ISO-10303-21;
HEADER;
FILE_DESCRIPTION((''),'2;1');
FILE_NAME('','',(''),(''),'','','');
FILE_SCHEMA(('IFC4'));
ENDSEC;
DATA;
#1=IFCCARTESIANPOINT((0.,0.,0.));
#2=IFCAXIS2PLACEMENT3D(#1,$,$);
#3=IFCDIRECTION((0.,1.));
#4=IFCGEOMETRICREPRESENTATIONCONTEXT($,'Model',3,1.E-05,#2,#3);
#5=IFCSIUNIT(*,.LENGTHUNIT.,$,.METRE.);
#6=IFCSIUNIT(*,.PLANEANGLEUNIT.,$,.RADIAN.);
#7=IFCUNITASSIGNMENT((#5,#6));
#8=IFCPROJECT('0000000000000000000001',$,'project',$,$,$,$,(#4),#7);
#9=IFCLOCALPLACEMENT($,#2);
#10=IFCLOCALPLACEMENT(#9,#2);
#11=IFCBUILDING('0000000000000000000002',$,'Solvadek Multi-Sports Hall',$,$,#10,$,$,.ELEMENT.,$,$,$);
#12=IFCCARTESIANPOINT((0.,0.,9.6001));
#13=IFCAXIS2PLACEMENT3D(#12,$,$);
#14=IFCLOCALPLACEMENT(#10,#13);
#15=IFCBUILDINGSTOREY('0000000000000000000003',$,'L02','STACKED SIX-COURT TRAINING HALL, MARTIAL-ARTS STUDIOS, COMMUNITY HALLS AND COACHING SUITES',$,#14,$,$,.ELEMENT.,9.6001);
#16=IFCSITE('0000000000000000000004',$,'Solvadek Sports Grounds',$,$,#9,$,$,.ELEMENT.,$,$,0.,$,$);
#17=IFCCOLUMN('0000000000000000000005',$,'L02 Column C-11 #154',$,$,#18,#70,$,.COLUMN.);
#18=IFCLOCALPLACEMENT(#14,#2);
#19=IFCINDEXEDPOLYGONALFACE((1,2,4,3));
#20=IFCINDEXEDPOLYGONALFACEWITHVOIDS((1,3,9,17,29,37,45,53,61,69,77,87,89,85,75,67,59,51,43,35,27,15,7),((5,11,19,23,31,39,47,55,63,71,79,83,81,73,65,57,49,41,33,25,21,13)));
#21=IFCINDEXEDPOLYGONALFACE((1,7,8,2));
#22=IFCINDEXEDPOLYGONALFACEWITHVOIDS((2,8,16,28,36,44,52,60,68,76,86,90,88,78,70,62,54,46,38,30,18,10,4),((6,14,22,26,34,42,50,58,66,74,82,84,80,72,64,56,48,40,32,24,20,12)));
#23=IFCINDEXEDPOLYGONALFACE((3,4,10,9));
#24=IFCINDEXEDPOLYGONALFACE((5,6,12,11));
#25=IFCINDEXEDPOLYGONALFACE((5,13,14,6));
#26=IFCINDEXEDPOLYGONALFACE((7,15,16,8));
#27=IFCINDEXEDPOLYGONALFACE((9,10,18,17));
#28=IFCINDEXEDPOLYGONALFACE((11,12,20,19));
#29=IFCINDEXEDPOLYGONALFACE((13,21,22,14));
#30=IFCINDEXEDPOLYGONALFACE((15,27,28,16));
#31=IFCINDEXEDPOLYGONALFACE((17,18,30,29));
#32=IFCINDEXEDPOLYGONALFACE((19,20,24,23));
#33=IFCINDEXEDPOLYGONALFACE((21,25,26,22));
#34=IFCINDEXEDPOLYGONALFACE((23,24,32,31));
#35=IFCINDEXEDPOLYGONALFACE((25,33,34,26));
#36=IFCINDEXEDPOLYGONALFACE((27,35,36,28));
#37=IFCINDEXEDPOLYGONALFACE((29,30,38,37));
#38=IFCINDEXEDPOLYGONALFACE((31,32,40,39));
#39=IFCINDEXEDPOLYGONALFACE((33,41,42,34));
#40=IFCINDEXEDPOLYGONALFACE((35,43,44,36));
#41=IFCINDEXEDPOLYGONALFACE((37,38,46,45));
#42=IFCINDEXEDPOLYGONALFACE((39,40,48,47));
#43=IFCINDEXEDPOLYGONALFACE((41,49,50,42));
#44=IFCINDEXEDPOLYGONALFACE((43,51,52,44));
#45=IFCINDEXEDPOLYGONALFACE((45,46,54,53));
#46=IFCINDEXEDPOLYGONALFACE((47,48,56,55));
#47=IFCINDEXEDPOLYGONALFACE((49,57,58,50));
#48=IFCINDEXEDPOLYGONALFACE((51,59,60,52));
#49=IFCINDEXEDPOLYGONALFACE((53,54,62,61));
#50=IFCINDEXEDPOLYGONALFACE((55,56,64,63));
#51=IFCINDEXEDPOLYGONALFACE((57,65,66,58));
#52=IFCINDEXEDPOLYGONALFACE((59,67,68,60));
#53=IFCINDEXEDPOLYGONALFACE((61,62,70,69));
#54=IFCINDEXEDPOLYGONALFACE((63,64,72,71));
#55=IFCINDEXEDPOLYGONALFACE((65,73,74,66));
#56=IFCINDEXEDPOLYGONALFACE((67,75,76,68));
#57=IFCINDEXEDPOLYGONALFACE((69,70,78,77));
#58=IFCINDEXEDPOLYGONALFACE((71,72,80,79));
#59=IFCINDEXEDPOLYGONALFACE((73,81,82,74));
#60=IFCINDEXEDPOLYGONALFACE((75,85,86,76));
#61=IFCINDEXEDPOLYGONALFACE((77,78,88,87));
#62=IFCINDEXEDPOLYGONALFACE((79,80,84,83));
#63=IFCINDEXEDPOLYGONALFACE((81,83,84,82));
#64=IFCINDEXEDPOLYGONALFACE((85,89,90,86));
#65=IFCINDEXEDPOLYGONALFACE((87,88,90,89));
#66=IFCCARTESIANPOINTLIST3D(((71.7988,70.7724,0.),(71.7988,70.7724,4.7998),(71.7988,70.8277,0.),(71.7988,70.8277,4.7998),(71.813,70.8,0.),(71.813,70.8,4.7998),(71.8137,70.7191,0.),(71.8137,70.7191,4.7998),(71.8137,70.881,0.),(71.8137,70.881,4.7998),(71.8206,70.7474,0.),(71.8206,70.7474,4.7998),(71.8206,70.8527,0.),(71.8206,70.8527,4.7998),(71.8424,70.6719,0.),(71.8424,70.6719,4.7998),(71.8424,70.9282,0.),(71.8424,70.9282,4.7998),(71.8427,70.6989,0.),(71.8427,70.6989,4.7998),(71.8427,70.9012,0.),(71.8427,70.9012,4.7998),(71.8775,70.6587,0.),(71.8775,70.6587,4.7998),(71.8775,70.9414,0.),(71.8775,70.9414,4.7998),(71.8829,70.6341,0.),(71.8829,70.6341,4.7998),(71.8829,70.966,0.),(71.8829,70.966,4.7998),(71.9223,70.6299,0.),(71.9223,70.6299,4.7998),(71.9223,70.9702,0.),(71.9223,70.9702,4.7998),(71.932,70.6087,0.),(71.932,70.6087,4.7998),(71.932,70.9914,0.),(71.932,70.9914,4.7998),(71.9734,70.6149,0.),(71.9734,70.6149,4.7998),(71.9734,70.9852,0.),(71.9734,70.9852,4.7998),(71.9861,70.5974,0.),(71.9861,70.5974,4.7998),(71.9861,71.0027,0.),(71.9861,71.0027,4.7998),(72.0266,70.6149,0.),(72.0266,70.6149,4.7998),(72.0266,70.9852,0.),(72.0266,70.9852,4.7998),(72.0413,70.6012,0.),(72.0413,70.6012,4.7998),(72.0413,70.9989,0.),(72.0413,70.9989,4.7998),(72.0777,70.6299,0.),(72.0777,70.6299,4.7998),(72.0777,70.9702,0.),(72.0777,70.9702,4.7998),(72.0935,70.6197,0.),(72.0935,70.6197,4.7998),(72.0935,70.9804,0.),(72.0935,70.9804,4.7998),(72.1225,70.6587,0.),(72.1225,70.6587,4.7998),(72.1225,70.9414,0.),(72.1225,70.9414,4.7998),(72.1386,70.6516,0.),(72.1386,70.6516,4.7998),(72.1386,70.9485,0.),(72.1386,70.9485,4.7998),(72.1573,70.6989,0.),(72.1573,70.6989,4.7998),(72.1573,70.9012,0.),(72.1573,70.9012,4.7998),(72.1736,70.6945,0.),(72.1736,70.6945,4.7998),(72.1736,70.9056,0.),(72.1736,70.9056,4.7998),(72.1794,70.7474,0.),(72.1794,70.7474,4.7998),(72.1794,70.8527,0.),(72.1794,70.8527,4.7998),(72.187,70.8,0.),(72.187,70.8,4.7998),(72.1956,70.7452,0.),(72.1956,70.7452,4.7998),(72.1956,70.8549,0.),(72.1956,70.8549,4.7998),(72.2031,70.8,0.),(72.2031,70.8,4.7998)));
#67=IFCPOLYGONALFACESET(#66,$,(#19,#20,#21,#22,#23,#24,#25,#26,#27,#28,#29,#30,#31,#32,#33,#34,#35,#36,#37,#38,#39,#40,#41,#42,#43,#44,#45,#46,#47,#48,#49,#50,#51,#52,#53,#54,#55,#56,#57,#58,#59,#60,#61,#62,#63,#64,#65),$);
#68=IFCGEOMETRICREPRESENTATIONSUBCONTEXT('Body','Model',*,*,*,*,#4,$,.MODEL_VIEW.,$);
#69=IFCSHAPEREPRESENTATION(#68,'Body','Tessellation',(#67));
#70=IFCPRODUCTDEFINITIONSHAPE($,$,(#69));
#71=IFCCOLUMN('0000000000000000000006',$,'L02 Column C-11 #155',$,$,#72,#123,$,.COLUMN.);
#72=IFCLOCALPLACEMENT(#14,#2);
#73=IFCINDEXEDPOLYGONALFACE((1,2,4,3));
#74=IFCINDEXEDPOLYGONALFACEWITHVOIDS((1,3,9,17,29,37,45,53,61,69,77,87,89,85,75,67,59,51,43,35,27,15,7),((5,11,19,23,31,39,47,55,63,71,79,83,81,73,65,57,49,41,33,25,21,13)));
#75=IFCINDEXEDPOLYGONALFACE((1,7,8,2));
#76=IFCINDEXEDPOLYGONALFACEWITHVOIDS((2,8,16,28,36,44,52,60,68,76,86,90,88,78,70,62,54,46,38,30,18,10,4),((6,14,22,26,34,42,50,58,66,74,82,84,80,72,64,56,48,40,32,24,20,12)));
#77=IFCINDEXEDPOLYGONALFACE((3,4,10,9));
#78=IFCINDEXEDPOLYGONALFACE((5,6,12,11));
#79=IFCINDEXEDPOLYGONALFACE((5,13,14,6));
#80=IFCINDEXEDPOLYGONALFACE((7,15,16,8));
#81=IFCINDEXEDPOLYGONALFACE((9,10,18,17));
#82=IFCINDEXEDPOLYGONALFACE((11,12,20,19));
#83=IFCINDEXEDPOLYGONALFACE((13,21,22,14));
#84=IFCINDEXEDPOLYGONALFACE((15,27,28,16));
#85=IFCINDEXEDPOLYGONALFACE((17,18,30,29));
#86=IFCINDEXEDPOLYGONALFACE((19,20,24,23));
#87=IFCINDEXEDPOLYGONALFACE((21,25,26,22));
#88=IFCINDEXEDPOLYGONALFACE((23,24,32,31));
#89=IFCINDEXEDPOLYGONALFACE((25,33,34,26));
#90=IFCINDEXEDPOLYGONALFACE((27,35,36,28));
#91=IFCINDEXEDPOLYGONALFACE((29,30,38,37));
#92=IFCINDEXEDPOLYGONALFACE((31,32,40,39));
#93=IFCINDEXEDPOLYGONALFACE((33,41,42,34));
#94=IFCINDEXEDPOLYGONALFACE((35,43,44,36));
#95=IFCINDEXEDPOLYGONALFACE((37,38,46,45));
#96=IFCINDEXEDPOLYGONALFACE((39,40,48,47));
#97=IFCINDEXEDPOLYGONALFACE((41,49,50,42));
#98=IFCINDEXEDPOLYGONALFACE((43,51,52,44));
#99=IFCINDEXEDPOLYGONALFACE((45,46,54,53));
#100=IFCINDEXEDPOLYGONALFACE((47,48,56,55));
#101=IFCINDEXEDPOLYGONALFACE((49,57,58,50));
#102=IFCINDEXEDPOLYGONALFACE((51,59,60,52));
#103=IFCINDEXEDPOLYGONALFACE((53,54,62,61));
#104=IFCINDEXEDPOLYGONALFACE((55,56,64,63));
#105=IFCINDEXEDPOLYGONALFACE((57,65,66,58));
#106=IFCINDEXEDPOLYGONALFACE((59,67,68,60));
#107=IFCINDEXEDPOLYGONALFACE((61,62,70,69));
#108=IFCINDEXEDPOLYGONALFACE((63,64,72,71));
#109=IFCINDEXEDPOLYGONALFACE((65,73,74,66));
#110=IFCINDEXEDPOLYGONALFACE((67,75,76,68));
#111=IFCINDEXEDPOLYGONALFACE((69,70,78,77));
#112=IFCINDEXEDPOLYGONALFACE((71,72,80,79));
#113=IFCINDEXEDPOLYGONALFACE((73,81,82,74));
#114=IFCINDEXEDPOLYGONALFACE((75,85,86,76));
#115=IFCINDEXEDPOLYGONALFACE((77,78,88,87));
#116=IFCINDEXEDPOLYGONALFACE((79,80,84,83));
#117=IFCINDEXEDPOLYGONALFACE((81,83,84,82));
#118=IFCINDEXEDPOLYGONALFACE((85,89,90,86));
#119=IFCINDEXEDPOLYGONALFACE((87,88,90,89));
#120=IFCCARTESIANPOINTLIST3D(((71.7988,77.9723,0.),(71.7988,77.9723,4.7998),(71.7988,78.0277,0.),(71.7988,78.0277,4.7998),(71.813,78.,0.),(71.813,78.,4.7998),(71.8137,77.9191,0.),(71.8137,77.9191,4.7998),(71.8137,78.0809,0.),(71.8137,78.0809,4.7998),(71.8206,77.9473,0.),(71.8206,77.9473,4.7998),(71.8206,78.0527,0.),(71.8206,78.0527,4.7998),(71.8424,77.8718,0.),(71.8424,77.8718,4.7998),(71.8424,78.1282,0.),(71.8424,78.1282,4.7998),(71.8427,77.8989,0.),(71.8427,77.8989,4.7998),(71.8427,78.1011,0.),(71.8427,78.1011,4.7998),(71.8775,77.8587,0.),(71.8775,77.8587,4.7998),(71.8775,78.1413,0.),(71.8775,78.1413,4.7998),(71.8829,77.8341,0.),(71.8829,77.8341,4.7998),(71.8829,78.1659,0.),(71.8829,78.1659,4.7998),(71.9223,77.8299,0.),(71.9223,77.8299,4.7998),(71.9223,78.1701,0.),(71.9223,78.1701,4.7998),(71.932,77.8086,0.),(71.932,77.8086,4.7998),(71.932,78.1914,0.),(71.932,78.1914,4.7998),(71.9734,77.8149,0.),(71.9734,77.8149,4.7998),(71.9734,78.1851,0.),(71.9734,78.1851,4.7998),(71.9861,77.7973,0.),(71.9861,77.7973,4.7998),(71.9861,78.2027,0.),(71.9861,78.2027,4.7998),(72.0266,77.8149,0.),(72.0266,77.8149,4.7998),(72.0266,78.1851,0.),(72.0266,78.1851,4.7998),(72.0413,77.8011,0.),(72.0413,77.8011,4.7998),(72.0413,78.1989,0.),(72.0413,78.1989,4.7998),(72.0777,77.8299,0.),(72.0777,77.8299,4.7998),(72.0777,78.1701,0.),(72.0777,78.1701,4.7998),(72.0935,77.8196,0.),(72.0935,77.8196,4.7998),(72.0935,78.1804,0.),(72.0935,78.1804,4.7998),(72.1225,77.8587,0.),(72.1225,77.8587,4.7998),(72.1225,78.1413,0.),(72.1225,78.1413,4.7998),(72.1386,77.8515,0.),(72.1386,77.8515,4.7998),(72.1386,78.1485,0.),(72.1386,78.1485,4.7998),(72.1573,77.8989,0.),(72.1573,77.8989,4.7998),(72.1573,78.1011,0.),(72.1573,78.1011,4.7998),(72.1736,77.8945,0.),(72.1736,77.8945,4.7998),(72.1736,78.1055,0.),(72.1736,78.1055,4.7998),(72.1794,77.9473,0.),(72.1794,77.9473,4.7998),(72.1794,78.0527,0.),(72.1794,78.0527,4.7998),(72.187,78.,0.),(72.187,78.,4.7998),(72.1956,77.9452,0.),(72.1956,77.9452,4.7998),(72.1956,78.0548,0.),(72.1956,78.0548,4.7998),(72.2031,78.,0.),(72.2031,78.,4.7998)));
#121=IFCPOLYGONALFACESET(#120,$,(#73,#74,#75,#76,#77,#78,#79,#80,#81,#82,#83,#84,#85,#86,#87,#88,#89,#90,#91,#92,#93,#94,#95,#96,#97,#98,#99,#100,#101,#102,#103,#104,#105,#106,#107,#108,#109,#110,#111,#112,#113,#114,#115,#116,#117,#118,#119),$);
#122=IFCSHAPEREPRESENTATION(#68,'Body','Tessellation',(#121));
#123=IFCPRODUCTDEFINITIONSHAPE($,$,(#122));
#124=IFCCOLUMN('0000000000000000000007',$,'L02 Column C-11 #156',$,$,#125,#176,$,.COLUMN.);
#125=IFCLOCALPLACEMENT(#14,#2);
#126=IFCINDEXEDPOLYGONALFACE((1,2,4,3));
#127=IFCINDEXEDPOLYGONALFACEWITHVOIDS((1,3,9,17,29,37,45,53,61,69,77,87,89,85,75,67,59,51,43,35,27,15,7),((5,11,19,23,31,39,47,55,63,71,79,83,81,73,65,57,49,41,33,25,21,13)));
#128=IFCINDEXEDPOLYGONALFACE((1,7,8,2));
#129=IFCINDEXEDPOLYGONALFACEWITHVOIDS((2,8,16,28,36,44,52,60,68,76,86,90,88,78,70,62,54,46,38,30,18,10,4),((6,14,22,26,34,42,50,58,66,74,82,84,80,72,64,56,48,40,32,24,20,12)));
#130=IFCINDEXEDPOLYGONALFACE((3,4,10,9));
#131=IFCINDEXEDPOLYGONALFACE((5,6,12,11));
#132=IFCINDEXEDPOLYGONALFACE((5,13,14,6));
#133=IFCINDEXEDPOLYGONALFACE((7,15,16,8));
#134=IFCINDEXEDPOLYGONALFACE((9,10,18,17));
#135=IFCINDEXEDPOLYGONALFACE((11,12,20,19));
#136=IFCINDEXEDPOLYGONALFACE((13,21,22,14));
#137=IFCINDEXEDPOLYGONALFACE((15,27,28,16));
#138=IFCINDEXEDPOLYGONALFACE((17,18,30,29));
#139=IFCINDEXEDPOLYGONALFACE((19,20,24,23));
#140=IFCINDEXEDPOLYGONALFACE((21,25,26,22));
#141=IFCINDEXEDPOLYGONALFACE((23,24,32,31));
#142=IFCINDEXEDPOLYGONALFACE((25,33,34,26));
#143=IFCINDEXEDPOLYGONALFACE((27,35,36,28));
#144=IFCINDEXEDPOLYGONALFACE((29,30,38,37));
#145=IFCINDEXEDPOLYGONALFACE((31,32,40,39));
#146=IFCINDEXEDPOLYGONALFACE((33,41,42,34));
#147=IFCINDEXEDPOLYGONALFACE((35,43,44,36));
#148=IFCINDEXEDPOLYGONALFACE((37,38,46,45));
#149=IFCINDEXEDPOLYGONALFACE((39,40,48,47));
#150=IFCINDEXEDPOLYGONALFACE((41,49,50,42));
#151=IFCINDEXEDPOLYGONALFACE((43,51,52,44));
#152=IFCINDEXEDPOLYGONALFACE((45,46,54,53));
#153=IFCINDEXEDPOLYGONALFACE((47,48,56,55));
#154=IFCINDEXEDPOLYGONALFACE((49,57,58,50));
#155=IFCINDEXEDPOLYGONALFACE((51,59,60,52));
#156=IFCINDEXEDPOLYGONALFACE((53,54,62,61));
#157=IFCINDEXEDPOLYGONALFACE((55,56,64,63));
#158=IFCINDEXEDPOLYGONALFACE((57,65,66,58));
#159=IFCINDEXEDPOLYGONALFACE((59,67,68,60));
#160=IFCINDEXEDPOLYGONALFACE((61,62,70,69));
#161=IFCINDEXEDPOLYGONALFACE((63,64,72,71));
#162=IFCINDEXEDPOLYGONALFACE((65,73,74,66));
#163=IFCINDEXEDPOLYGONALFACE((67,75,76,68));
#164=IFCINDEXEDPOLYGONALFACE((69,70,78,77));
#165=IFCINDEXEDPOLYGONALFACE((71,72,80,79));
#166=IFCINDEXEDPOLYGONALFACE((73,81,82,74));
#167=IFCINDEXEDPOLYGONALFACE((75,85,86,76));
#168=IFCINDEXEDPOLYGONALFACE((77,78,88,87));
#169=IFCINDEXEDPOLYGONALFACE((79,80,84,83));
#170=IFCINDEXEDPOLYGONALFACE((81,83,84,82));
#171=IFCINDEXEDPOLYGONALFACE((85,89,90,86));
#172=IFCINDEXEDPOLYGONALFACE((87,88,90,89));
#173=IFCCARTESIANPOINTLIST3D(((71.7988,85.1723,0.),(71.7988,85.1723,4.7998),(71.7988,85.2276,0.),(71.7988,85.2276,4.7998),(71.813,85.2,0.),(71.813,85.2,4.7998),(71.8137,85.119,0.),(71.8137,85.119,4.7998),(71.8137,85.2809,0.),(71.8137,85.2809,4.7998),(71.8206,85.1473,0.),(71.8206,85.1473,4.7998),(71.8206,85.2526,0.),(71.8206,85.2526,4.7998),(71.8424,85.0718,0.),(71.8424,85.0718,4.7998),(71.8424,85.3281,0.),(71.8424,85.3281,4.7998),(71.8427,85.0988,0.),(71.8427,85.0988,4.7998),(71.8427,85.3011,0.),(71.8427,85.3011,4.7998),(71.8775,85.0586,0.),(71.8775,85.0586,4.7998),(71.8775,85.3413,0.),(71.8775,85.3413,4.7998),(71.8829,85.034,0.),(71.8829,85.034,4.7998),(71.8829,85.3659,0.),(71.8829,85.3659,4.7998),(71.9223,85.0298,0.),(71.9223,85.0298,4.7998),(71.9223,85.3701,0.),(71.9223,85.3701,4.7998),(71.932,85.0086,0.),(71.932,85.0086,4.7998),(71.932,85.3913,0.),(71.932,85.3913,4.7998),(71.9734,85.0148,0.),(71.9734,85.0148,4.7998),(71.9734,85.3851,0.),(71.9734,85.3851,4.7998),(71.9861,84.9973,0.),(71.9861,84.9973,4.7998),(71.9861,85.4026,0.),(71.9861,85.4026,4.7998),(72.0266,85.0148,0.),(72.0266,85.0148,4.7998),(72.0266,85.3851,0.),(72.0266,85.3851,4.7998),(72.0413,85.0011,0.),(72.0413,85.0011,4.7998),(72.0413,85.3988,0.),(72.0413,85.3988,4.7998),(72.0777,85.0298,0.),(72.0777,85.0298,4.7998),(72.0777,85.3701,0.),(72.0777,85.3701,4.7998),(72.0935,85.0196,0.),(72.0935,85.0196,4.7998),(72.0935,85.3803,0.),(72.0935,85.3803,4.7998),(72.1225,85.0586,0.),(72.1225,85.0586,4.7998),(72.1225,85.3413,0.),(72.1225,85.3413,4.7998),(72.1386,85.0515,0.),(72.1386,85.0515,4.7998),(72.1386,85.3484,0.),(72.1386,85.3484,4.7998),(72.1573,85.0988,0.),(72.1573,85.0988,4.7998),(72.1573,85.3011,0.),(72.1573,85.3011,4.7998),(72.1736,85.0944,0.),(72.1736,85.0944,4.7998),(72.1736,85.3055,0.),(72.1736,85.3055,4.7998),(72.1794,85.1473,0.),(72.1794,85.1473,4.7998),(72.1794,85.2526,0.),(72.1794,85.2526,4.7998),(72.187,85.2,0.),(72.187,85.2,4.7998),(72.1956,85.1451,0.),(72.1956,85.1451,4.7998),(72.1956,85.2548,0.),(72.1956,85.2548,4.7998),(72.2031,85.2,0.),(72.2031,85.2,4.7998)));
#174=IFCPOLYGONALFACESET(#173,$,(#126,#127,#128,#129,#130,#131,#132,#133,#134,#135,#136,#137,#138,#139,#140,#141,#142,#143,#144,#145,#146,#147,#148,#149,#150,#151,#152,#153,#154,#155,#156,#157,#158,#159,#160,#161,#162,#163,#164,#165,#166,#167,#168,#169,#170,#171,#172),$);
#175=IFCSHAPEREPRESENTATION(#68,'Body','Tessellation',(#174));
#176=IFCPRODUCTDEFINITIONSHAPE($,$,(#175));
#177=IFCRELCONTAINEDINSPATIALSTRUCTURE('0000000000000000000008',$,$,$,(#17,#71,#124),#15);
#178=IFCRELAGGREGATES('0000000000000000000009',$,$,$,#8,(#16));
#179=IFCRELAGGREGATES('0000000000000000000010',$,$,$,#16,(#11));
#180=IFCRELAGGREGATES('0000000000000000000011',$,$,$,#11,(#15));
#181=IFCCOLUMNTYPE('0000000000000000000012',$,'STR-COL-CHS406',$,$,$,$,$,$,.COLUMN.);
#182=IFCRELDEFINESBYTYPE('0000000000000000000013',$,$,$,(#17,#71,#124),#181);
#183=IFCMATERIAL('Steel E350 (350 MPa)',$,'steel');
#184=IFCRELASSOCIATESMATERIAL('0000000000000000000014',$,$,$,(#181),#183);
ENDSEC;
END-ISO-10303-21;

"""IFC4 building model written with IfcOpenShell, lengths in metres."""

from ifc_helpers import new_model, si_unit, direction, frame, origin, origin_2d, place, context, subcontext, project, spatial, hollow_circle, extrude, material, material_profile, profile_set, type_object, element, save


model = new_model("IFC4")

# Units and contexts
model_context = context("Model", 3, precision=1e-05, world=origin(), true_north=direction((0.0, 1.0)))
body_context = subcontext(model_context, "Body", "Model", "MODEL_VIEW")
ifc_project = project(units=[si_unit("LENGTHUNIT", "METRE"), si_unit("PLANEANGLEUNIT", "RADIAN")], contexts=[model_context])

# Site, building, storey
site_placement = place(None, origin())
site = spatial("IfcSite", under=ifc_project, at=site_placement, Name="Solvadek Sports Grounds", CompositionType="ELEMENT", RefElevation=0.0)
building_placement = place(site_placement, origin())
building = spatial("IfcBuilding", under=site, at=building_placement, Name="Solvadek Multi-Sports Hall", CompositionType="ELEMENT")
storey_placement = place(building_placement, frame((0.0, 0.0, 9.6001)))
storey = spatial("IfcBuildingStorey", under=building, at=storey_placement, Name="L02", Description="STACKED SIX-COURT TRAINING HALL, MARTIAL-ARTS STUDIOS, COMMUNITY HALLS AND COACHING SUITES", CompositionType="ELEMENT", Elevation=9.6001)

# Columns
ifc_material_1 = material(Name="Steel E350 (350 MPa)", Category="steel")
ifc_material_profile_1 = material_profile(ifc_material_1, hollow_circle(Radius=0.2031, WallThickness=0.0161, at=origin_2d()), Name="CHS 406.4x16")
ifc_profile_set_1 = profile_set([ifc_material_profile_1], Name="Steel E350 (350 MPa)")
column_type = type_object("IfcColumnType", Name="STR-COL-CHS406", PredefinedType="COLUMN", material=ifc_profile_set_1)
for number, where, z_axis, x_axis, name in (
    (1, (72.0, 70.8, 0.0), (0.0, 0.0, 1.0), (1.0, 0.0, 0.0), "L02 Column C-11 #154"),
    (2, (72.0, 78.0, 0.0), (0.0, 0.0, 1.0), (1.0, 0.0, 0.0), "L02 Column C-11 #155"),
    (3, (72.0, 85.2, 0.0), (0.0, 0.0, 1.0), (1.0, 0.0, 0.0), "L02 Column C-11 #156"),
):
    element("IfcColumn", number, at=place(storey_placement, frame(where, z_axis=z_axis, x_axis=x_axis)), inside=storey, type_object=column_type, Name=name, PredefinedType="COLUMN", context=body_context, shape_type="SweptSolid", body=[
        extrude(hollow_circle(Radius=0.2031, WallThickness=0.0161, at=origin_2d()), origin(), (0.0, 0.0, 1.0), 4.7998),
    ])

save(model, "model.ifc")
